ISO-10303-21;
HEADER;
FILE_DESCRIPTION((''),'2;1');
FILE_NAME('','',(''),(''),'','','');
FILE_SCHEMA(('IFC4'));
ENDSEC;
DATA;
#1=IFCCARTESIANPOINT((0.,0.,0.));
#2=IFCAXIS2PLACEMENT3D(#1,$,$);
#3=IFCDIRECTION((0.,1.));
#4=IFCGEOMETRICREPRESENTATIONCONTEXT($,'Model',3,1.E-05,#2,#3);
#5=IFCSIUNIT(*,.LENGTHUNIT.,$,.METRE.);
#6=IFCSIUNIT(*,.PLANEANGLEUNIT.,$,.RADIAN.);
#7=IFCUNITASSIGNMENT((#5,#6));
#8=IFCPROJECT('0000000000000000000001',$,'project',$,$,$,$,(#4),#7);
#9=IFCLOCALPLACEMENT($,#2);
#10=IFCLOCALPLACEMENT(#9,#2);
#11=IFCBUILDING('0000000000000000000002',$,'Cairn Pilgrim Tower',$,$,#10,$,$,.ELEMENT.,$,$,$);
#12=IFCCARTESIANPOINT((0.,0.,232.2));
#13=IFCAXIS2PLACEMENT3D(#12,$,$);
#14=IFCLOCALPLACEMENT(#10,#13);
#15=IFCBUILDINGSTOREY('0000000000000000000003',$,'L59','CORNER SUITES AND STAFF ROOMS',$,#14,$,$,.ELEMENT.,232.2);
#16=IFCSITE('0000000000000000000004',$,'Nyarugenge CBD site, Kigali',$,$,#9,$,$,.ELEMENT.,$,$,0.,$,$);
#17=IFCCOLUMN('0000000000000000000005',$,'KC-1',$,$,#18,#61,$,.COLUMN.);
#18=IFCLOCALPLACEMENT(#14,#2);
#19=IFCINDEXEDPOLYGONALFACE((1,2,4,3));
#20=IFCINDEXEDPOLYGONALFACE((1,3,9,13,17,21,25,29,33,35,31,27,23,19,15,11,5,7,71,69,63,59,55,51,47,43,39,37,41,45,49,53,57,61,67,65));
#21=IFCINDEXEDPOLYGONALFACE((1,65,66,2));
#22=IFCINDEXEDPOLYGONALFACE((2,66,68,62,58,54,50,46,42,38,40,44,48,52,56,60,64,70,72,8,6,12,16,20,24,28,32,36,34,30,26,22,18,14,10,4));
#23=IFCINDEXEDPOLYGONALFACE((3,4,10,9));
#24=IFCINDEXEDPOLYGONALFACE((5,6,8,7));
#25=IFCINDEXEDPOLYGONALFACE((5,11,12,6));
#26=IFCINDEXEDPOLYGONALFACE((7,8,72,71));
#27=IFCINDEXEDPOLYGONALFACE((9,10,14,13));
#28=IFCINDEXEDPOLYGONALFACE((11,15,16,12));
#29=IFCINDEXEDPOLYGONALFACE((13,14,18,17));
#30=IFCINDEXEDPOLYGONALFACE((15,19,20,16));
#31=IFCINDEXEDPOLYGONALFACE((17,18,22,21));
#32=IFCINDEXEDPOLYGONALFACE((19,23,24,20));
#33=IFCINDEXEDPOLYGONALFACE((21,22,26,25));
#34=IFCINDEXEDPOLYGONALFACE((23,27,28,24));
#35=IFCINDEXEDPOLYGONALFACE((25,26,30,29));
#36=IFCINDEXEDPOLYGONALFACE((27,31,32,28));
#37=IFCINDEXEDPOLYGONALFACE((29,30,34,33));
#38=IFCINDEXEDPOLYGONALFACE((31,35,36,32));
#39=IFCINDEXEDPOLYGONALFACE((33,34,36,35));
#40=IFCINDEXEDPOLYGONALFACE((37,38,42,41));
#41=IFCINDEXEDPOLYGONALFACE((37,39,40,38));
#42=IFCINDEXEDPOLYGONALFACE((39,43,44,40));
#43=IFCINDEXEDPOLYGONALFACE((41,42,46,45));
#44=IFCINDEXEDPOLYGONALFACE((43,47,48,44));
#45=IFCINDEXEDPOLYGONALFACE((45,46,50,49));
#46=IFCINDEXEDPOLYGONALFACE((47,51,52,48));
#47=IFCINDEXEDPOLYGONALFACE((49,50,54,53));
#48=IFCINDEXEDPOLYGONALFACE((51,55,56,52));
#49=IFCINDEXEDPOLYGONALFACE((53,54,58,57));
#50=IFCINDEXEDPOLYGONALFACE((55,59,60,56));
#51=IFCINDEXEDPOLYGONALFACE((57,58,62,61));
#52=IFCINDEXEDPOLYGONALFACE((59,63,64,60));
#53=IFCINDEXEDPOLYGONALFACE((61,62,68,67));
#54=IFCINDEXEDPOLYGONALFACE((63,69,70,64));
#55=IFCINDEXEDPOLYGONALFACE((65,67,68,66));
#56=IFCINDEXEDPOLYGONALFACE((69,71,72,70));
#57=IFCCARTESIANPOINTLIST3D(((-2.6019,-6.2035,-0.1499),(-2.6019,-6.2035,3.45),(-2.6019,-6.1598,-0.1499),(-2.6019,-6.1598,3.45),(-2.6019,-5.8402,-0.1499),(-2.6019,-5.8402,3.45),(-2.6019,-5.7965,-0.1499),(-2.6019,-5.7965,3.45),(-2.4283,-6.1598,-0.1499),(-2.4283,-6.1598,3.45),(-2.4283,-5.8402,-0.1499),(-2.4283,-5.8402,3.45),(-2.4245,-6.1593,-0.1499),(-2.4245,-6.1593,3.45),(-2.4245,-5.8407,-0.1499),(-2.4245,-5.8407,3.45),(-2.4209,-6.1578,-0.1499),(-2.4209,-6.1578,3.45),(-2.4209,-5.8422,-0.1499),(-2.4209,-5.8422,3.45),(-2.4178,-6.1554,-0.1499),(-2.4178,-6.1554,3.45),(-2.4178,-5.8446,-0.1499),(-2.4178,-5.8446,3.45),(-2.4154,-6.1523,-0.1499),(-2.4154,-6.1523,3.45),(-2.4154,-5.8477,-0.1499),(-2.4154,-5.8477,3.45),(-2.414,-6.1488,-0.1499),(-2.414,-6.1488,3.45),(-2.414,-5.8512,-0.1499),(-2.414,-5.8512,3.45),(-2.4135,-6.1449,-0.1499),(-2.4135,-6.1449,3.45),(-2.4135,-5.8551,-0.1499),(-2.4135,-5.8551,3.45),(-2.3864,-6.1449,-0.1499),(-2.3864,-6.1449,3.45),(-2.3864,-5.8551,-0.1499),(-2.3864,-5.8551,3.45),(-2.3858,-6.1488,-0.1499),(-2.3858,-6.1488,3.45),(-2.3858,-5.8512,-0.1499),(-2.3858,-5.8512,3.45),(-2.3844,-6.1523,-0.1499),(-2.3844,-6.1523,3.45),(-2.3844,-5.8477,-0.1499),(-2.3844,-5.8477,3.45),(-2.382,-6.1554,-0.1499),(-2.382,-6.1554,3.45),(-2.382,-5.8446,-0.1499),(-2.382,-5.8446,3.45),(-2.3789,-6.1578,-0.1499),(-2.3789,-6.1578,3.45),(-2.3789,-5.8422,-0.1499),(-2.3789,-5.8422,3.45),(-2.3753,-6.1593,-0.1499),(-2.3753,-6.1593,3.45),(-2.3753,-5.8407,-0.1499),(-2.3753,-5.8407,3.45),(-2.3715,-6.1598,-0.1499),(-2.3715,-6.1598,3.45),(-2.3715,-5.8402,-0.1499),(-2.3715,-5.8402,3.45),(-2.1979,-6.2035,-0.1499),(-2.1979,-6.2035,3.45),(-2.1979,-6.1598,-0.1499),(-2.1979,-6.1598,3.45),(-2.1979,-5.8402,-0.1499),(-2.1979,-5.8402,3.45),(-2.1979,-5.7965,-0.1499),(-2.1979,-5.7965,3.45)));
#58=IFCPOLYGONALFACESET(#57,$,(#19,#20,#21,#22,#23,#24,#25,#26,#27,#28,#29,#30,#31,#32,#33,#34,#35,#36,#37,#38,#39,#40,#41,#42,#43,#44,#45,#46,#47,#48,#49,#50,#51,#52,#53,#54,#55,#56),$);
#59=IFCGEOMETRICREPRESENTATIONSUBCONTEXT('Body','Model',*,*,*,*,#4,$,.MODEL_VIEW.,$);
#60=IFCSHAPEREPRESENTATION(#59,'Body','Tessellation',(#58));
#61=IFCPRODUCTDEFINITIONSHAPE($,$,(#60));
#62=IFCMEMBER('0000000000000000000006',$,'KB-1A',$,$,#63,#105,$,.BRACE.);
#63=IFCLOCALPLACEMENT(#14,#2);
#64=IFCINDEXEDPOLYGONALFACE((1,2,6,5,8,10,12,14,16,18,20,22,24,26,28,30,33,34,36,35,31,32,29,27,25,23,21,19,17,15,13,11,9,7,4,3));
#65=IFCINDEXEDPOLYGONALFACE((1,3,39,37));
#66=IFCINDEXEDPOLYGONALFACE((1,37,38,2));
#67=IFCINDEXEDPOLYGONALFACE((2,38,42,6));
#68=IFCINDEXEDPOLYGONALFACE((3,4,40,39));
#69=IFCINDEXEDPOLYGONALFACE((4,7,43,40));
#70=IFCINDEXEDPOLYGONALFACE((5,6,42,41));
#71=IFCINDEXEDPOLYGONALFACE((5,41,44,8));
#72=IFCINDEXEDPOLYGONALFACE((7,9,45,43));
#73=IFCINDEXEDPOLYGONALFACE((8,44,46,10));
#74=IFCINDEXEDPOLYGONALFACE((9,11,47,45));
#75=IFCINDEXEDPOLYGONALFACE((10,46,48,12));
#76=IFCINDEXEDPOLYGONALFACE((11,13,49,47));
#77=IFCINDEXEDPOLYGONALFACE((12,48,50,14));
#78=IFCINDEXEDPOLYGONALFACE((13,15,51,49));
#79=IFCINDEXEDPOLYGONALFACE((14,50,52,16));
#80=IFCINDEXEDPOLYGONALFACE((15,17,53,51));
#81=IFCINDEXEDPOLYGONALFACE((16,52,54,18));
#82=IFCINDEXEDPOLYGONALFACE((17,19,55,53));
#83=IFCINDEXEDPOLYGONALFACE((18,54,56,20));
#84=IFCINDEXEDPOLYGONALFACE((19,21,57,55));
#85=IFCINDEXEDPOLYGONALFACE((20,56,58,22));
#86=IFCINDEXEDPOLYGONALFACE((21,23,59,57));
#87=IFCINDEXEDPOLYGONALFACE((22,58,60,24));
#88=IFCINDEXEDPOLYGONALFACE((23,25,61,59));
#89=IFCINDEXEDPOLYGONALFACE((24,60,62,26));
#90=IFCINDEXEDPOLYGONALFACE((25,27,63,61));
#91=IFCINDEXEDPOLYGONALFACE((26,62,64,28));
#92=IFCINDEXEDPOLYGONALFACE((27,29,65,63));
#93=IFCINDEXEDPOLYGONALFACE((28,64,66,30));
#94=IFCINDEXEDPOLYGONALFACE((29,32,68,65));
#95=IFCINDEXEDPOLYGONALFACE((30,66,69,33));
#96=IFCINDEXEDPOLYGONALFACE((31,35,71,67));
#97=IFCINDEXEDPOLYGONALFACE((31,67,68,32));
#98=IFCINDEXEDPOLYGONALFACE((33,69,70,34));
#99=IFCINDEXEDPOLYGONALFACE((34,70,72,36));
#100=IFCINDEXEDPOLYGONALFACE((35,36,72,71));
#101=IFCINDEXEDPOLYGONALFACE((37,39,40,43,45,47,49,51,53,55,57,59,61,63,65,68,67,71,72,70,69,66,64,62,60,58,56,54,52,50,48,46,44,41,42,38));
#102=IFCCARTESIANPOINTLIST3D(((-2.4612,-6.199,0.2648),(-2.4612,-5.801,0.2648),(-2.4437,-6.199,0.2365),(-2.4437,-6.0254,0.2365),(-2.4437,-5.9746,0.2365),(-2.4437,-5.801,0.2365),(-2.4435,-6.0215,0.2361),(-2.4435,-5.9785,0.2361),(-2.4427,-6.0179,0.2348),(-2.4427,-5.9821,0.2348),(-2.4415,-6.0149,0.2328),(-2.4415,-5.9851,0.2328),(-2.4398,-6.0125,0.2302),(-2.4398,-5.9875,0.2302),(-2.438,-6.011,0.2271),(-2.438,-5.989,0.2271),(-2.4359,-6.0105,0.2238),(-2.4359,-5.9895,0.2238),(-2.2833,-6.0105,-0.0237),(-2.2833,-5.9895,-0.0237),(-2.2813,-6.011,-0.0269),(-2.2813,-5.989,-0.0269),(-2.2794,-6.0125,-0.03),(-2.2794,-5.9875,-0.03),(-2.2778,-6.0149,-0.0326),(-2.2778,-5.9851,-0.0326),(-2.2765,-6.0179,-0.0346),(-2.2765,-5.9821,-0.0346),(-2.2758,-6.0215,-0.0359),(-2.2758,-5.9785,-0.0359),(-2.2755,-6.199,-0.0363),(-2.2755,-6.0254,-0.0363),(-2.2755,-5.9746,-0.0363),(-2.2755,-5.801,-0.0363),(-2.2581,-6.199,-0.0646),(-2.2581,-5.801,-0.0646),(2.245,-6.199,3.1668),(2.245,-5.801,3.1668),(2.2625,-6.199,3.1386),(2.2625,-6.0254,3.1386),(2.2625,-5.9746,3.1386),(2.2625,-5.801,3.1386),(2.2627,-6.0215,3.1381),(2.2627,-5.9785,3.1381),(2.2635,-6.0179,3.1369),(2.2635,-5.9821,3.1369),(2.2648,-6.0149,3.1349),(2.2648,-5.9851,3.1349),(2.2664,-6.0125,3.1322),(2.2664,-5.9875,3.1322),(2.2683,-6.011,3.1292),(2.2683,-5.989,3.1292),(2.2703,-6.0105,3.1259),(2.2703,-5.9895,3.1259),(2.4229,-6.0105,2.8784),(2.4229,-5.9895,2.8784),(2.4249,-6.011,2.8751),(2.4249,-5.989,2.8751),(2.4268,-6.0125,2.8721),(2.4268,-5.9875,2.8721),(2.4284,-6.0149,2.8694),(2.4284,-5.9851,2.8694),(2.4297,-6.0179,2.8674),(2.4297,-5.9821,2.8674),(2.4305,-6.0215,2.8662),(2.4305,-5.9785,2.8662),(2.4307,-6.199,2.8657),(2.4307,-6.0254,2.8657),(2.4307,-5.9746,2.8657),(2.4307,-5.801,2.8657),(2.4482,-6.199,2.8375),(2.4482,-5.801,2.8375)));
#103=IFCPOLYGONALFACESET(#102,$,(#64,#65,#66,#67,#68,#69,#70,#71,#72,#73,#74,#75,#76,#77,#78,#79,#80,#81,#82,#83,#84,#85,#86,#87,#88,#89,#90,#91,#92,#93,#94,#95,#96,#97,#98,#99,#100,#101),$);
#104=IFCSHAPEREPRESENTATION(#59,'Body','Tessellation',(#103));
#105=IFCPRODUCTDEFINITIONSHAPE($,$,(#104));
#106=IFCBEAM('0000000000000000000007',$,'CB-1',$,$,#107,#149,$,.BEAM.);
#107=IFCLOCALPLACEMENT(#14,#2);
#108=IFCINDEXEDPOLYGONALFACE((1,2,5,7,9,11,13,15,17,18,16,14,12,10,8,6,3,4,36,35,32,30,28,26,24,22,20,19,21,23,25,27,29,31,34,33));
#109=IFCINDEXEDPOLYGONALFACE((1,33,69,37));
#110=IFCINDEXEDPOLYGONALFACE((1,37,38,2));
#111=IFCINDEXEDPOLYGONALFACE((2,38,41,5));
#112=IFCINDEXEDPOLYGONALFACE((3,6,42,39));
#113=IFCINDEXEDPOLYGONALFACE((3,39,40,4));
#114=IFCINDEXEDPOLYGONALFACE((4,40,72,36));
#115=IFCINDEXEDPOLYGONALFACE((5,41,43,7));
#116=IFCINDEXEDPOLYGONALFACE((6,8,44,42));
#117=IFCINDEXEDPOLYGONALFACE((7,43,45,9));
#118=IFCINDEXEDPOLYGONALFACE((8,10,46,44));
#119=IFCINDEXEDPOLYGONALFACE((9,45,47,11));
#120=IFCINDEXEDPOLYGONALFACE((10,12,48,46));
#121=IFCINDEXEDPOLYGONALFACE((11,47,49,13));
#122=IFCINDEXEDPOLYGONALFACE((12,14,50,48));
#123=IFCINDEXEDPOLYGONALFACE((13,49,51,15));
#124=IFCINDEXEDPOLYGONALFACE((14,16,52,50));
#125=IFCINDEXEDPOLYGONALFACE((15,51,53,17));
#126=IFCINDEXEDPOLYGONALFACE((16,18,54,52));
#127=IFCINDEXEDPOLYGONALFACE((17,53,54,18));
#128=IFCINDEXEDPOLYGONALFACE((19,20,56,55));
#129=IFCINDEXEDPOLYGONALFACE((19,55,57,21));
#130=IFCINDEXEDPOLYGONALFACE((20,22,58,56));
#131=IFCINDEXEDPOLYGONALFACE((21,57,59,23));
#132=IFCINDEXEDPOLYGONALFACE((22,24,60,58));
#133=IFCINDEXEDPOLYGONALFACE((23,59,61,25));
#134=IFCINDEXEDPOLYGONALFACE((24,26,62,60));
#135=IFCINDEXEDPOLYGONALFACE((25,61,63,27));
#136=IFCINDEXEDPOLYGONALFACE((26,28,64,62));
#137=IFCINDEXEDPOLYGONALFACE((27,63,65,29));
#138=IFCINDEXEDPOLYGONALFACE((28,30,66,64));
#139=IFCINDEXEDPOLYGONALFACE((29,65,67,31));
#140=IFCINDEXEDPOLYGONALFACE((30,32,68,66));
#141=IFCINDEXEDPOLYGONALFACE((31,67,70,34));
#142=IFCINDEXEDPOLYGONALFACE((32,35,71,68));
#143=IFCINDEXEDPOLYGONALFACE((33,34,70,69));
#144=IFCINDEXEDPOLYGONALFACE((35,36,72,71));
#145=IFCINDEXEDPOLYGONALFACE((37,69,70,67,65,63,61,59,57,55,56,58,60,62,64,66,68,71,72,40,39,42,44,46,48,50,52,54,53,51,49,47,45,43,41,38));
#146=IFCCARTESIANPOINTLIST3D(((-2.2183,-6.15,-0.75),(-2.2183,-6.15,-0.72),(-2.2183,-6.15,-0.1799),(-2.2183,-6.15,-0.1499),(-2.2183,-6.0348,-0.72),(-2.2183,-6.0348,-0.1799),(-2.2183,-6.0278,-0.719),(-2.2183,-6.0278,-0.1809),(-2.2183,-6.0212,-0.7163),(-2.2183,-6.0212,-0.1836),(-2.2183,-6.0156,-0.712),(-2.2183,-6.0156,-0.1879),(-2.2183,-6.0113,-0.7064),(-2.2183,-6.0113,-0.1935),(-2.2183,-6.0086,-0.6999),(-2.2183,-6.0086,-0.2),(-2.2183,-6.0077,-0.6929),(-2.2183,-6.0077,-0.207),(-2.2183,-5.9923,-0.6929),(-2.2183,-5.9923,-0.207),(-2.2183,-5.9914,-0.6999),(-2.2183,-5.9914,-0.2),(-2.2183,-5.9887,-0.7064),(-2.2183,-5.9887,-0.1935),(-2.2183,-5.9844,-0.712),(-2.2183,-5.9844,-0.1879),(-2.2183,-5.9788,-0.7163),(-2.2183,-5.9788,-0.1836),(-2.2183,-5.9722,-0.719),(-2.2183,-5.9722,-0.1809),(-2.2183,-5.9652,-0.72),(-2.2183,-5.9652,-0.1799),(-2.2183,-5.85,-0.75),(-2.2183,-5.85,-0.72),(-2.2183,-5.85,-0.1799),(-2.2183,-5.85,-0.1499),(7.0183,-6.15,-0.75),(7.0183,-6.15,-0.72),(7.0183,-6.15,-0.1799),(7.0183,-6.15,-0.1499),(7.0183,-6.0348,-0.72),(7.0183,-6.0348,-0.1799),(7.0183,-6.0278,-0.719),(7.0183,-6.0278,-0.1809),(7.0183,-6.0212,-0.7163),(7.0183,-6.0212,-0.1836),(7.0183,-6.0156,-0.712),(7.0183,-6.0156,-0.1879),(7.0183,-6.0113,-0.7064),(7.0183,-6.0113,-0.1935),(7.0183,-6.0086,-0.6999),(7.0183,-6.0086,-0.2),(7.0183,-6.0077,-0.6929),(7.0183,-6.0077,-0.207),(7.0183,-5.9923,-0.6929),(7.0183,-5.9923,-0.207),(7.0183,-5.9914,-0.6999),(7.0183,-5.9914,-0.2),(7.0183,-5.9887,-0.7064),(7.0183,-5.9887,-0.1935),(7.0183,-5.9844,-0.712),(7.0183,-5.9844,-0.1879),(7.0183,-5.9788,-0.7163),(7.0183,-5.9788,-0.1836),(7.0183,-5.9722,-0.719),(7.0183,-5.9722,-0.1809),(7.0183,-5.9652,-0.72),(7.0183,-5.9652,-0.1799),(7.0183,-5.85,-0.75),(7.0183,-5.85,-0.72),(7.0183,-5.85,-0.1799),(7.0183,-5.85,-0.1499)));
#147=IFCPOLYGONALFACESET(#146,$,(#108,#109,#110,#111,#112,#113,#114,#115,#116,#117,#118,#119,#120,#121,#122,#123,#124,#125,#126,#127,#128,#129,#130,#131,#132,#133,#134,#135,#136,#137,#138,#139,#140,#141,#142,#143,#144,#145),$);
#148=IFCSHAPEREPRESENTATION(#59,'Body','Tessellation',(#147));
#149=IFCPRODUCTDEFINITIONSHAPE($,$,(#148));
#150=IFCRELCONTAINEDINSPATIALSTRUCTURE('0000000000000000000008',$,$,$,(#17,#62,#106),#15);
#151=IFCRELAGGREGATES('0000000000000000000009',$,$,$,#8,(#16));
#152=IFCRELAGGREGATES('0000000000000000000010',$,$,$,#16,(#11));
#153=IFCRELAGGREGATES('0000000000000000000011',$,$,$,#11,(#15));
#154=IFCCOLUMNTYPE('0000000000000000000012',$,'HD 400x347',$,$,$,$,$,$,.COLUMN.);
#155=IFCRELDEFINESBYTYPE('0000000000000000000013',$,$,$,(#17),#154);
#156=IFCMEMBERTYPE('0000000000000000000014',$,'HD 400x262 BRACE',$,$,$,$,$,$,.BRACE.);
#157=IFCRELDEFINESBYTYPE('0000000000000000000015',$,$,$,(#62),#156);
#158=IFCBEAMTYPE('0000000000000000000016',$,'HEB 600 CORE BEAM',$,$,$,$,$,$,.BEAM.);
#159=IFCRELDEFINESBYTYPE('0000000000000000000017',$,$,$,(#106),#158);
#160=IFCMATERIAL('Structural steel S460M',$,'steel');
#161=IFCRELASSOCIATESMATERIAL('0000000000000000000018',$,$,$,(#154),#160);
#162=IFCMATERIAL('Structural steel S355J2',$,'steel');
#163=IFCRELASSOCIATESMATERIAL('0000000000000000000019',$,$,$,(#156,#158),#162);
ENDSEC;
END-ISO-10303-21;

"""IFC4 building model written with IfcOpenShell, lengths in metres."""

from ifc_helpers import new_model, si_unit, direction, frame, origin, origin_2d, place, context, subcontext, project, spatial, i_section, extrude, material, material_profile, profile_set, type_object, element, save


model = new_model("IFC4")

# Units and contexts
model_context = context("Model", 3, precision=1e-05, world=origin(), true_north=direction((0.0, 1.0)))
body_context = subcontext(model_context, "Body", "Model", "MODEL_VIEW")
ifc_project = project(units=[si_unit("LENGTHUNIT", "METRE"), si_unit("PLANEANGLEUNIT", "RADIAN")], contexts=[model_context])

# Site, building, storey
site_placement = place(None, origin())
site = spatial("IfcSite", under=ifc_project, at=site_placement, Name="Nyarugenge CBD site, Kigali", CompositionType="ELEMENT", RefElevation=0.0)
building_placement = place(site_placement, origin())
building = spatial("IfcBuilding", under=site, at=building_placement, Name="Cairn Pilgrim Tower", CompositionType="ELEMENT")
storey_placement = place(building_placement, frame((0.0, 0.0, 232.2)))
storey = spatial("IfcBuildingStorey", under=building, at=storey_placement, Name="L59", Description="CORNER SUITES AND STAFF ROOMS", CompositionType="ELEMENT", Elevation=232.2)

# Column
ifc_material_1 = material(Name="Structural steel S460M", Category="steel")
ifc_material_profile_1 = material_profile(ifc_material_1, i_section(OverallWidth=0.4041, OverallDepth=0.407, WebThickness=0.0271, FlangeThickness=0.0437, FilletRadius=0.0149, at=origin_2d()), Name="HD 400x347")
ifc_profile_set_1 = profile_set([ifc_material_profile_1], Name="Structural steel S460M")
column_type = type_object("IfcColumnType", Name="HD 400x347", PredefinedType="COLUMN", material=ifc_profile_set_1)
column_placement = place(storey_placement, frame((-2.3999, -6.0, -0.1499), z_axis=(0.0, 0.0, 1.0), x_axis=(1.0, 0.0, 0.0)))
element("IfcColumn", 1, at=column_placement, inside=storey, type_object=column_type, Name="KC-1", PredefinedType="COLUMN", context=body_context, shape_type="SweptSolid", body=[
    extrude(i_section(OverallWidth=0.4041, OverallDepth=0.407, WebThickness=0.0271, FlangeThickness=0.0437, FilletRadius=0.0149, at=origin_2d()), origin(), (0.0, 0.0, 1.0), 3.5999),
])

# Member
ifc_material_2 = material(Name="Structural steel S355J2", Category="steel")
ifc_material_profile_2 = material_profile(ifc_material_2, i_section(OverallWidth=0.3979, OverallDepth=0.387, WebThickness=0.021, FlangeThickness=0.0332, FilletRadius=0.0149, at=origin_2d()), Name="HD 400x262")
ifc_profile_set_2 = profile_set([ifc_material_profile_2], Name="Structural steel S355J2")
member_type = type_object("IfcMemberType", Name="HD 400x262 BRACE", PredefinedType="BRACE", material=ifc_profile_set_2)
member_placement = place(storey_placement, frame((-2.3596, -6.0, 0.1001), z_axis=(0.85118, 0.0, 0.524873), x_axis=(0.0, 1.0, 0.0)))
element("IfcMember", 2, at=member_placement, inside=storey, type_object=member_type, Name="KB-1A", PredefinedType="BRACE", context=body_context, shape_type="SweptSolid", body=[
    extrude(i_section(OverallWidth=0.3979, OverallDepth=0.387, WebThickness=0.021, FlangeThickness=0.0332, FilletRadius=0.0149, at=origin_2d()), origin(), (0.0, 0.0, 1.0), 5.5291),
])

# Beam
ifc_material_profile_3 = material_profile(ifc_material_2, i_section(OverallWidth=0.3, OverallDepth=0.6001, WebThickness=0.0154, FlangeThickness=0.03, FilletRadius=0.0271, at=origin_2d()), Name="HEB 600")
ifc_profile_set_3 = profile_set([ifc_material_profile_3], Name="Structural steel S355J2")
beam_type_1 = type_object("IfcBeamType", Name="HEB 600 CORE BEAM", PredefinedType="BEAM", material=ifc_profile_set_3)
beam_1_placement = place(storey_placement, frame((-2.2183, -6.0, -0.45), z_axis=(1.0, 0.0, 0.0), x_axis=(0.0, 1.0, 0.0)))
element("IfcBeam", 3, at=beam_1_placement, inside=storey, type_object=beam_type_1, Name="CB-1", PredefinedType="BEAM", context=body_context, shape_type="SweptSolid", body=[
    extrude(i_section(OverallWidth=0.3, OverallDepth=0.6001, WebThickness=0.0154, FlangeThickness=0.03, FilletRadius=0.0271, at=origin_2d()), origin(), (0.0, 0.0, 1.0), 9.2366),
])

save(model, "model.ifc")
